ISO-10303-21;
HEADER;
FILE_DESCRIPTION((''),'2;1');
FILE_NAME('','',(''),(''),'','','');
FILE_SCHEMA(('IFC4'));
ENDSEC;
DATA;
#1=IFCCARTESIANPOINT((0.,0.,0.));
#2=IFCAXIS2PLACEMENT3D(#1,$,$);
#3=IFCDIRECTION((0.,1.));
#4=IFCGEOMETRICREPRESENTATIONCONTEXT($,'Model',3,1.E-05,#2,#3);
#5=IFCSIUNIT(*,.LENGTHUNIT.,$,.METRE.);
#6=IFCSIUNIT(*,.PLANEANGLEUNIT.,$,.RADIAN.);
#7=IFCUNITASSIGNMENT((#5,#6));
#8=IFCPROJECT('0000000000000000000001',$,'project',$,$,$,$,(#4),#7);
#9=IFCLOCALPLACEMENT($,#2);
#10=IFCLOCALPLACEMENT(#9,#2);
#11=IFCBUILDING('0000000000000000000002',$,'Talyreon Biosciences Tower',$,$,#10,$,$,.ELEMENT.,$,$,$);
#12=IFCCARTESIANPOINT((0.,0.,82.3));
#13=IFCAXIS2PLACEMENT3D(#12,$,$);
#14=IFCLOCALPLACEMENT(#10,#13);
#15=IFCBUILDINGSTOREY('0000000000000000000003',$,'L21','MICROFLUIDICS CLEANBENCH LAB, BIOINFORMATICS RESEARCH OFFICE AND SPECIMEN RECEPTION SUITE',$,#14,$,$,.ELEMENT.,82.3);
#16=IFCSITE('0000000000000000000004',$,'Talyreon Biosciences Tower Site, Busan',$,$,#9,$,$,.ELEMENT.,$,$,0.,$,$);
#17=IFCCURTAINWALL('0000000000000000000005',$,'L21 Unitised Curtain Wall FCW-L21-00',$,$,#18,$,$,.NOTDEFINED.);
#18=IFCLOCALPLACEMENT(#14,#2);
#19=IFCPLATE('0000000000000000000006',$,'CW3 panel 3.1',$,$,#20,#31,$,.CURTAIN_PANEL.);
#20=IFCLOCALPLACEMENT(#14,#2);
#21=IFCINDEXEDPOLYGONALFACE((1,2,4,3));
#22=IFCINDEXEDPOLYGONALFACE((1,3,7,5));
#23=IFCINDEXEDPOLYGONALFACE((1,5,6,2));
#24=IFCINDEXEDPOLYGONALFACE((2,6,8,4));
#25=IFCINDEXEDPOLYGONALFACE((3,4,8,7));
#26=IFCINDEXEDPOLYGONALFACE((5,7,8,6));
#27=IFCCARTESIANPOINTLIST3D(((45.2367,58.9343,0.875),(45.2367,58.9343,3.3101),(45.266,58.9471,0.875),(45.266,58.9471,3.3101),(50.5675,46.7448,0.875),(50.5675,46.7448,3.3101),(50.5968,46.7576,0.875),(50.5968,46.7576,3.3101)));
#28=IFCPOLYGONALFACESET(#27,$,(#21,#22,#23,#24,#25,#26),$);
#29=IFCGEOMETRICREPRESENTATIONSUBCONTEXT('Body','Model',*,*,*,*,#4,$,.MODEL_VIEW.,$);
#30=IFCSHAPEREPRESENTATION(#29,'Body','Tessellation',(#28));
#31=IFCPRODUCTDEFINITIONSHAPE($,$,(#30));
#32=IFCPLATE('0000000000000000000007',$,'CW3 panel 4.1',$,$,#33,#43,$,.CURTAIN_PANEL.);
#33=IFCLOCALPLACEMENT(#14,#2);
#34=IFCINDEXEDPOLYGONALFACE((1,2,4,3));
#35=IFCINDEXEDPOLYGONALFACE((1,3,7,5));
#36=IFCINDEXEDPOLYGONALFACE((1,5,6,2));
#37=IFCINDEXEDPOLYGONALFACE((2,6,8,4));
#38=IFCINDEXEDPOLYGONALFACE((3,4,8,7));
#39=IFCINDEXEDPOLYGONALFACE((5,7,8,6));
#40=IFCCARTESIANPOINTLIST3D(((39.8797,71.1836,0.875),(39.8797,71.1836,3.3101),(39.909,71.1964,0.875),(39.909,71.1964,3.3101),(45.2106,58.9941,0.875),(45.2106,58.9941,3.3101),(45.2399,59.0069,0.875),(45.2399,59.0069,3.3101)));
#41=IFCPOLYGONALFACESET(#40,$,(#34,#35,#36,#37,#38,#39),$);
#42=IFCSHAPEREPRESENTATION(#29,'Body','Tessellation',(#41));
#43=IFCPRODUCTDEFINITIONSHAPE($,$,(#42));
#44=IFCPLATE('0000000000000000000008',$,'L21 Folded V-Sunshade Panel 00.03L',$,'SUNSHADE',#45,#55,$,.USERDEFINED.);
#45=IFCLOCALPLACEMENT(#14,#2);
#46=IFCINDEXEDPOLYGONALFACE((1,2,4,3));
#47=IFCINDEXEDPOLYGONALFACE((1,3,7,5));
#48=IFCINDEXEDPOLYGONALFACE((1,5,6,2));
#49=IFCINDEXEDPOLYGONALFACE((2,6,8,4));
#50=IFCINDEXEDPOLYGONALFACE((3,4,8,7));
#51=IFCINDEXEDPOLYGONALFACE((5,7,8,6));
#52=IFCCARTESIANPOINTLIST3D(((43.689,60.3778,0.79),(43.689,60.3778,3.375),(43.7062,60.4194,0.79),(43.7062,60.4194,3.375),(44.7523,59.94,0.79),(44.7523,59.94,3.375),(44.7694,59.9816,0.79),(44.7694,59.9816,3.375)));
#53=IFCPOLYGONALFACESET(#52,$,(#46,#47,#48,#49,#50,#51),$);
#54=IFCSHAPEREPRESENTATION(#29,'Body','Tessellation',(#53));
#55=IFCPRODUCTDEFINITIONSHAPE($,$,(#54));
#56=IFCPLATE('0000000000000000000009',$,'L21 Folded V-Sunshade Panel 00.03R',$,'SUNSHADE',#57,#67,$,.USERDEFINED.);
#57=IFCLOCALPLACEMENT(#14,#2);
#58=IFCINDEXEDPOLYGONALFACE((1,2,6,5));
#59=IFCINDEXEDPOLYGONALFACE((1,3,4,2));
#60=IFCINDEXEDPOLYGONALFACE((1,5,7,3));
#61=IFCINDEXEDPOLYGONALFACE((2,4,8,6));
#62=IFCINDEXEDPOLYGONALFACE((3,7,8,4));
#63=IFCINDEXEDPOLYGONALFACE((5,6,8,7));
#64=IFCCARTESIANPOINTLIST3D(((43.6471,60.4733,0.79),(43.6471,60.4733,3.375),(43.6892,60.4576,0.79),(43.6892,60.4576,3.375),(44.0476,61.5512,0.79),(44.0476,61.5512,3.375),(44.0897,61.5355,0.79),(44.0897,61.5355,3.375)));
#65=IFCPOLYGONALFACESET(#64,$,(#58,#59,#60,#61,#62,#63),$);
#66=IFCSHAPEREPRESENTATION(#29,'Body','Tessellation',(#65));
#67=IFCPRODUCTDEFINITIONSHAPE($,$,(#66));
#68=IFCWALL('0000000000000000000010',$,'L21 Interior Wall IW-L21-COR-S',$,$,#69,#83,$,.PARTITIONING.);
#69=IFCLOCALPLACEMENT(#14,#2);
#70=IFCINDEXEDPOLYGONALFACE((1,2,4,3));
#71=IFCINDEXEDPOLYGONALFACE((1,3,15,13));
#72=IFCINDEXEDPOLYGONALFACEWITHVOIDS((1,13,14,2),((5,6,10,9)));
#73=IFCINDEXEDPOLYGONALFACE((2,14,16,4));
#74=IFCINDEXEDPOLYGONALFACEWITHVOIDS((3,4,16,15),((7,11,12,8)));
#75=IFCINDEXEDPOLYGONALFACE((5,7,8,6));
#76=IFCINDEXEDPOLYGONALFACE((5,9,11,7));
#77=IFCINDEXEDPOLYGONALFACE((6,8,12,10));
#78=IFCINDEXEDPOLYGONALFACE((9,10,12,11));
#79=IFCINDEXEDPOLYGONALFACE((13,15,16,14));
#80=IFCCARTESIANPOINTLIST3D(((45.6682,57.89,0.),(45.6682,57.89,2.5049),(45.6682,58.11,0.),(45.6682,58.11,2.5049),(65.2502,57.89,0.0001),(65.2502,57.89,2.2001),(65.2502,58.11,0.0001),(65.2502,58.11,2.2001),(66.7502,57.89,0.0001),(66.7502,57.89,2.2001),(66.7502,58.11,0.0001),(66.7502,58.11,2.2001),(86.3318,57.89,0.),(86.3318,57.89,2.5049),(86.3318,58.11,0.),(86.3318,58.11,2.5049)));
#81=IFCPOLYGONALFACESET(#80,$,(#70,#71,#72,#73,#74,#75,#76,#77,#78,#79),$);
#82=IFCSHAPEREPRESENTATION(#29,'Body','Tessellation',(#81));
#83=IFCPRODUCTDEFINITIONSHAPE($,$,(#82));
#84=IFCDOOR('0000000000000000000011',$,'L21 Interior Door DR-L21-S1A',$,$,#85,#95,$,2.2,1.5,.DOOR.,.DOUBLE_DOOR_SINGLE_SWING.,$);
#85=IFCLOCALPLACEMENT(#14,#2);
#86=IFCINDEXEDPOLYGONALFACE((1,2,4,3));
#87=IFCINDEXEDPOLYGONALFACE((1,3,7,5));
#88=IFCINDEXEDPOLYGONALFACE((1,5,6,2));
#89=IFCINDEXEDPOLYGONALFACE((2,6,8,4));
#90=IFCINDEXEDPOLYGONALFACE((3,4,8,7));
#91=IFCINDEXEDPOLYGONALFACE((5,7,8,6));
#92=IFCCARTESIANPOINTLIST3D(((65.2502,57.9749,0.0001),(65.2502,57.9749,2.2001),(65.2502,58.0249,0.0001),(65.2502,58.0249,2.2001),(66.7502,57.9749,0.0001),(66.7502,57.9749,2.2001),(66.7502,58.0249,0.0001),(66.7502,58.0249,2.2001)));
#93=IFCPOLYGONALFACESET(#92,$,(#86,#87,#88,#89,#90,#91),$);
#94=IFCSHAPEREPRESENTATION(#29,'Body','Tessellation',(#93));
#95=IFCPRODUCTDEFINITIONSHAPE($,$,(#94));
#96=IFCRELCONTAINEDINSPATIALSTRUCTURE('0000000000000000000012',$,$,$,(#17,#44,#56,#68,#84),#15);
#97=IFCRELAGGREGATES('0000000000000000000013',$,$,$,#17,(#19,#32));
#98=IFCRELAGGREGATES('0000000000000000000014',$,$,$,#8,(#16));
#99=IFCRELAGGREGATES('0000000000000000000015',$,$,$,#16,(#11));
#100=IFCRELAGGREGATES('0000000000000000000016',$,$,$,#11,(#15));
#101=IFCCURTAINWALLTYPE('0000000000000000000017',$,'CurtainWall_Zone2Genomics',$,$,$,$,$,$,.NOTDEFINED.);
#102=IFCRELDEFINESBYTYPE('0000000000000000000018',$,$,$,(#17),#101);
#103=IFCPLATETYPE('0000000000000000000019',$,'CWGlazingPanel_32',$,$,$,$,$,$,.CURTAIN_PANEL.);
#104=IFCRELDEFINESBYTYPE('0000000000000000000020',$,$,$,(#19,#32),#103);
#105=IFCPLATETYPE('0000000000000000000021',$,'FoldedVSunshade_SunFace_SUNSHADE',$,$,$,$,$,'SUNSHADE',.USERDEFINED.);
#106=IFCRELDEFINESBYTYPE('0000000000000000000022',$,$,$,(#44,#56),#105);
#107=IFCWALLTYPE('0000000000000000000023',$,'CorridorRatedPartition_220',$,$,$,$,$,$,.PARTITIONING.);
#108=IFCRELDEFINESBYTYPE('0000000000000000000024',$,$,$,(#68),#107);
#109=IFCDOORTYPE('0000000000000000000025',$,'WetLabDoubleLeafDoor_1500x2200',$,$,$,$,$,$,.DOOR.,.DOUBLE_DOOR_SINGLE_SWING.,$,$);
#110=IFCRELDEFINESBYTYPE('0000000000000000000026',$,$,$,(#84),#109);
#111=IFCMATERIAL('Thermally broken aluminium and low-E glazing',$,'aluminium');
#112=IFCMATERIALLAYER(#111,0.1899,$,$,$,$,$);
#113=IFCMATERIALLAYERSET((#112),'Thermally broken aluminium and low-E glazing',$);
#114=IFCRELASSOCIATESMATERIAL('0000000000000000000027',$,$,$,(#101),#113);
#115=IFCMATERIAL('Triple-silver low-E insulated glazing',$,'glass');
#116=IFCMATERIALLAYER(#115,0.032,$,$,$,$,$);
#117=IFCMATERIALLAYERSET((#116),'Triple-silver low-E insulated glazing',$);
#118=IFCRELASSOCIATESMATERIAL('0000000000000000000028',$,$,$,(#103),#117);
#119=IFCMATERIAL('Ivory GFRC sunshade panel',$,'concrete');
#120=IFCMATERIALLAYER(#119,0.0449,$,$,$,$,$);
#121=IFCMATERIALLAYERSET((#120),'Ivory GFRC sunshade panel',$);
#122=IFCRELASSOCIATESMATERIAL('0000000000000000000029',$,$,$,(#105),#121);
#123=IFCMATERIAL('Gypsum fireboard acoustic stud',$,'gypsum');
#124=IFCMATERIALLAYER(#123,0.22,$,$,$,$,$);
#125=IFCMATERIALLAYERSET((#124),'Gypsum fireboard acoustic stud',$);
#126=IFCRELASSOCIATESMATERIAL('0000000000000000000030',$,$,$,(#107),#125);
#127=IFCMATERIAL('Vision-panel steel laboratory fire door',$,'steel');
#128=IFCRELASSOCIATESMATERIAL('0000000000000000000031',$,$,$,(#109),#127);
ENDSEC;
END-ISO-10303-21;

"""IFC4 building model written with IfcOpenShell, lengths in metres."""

from ifc_helpers import new_model, si_unit, direction, frame, frame_2d, origin, origin_2d, place, context, subcontext, project, spatial, rectangle, extrude, material, layer, layer_set, type_object, element, fill, aggregate, save


model = new_model("IFC4")

# Units and contexts
model_context = context("Model", 3, precision=1e-05, world=origin(), true_north=direction((0.0, 1.0)))
body_context = subcontext(model_context, "Body", "Model", "MODEL_VIEW")
ifc_project = project(units=[si_unit("LENGTHUNIT", "METRE"), si_unit("PLANEANGLEUNIT", "RADIAN")], contexts=[model_context])

# Site, building, storey
site_placement = place(None, origin())
site = spatial("IfcSite", under=ifc_project, at=site_placement, Name="Talyreon Biosciences Tower Site, Busan", CompositionType="ELEMENT", RefElevation=0.0)
building_placement = place(site_placement, origin())
building = spatial("IfcBuilding", under=site, at=building_placement, Name="Talyreon Biosciences Tower", CompositionType="ELEMENT")
storey_placement = place(building_placement, frame((0.0, 0.0, 82.3)))
storey = spatial("IfcBuildingStorey", under=building, at=storey_placement, Name="L21", Description="MICROFLUIDICS CLEANBENCH LAB, BIOINFORMATICS RESEARCH OFFICE AND SPECIMEN RECEPTION SUITE", CompositionType="ELEMENT", Elevation=82.3)

# Curtain wall
ifc_material_1 = material(Name="Thermally broken aluminium and low-E glazing", Category="aluminium")
ifc_layer_1 = layer(ifc_material_1, 0.1899)
ifc_layer_set_1 = layer_set([ifc_layer_1], Name="Thermally broken aluminium and low-E glazing")
curtain_wall_type = type_object("IfcCurtainWallType", Name="CurtainWall_Zone2Genomics", PredefinedType="NOTDEFINED", material=ifc_layer_set_1)
curtain_wall_placement = place(storey_placement, origin())
curtain_wall = element("IfcCurtainWall", 1, at=curtain_wall_placement, inside=storey, type_object=curtain_wall_type, Name="L21 Unitised Curtain Wall FCW-L21-00", PredefinedType="NOTDEFINED")

# Plates
ifc_material_2 = material(Name="Triple-silver low-E insulated glazing", Category="glass")
ifc_layer_2 = layer(ifc_material_2, 0.032)
ifc_layer_set_2 = layer_set([ifc_layer_2], Name="Triple-silver low-E insulated glazing")
plate_type_1 = type_object("IfcPlateType", Name="CWGlazingPanel_32", PredefinedType="CURTAIN_PANEL", material=ifc_layer_set_2)
plate_1_placement = place(storey_placement, frame((47.9167, 52.8459, 0.875), z_axis=(0.0, 0.0, 1.0), x_axis=(-0.400689, 0.916214, 0.0)))
plate_1 = element("IfcPlate", 2, at=plate_1_placement, type_object=plate_type_1, Name="CW3 panel 3.1", PredefinedType="CURTAIN_PANEL", context=body_context, shape_type="SweptSolid", body=[
    extrude(rectangle(XDim=13.3042, YDim=0.032, at=origin_2d()), origin(), (0.0, 0.0, 1.0), 2.4351),
])
plate_2_placement = place(storey_placement, frame((42.5598, 65.0952, 0.875), z_axis=(0.0, 0.0, 1.0), x_axis=(-0.400689, 0.916214, 0.0)))
plate_2 = element("IfcPlate", 3, at=plate_2_placement, type_object=plate_type_1, Name="CW3 panel 4.1", PredefinedType="CURTAIN_PANEL", context=body_context, shape_type="SweptSolid", body=[
    extrude(rectangle(XDim=13.3042, YDim=0.032, at=origin_2d()), origin(), (0.0, 0.0, 1.0), 2.4351),
])
aggregate(curtain_wall, [plate_1, plate_2])

# Plates
ifc_material_3 = material(Name="Ivory GFRC sunshade panel", Category="concrete")
ifc_layer_3 = layer(ifc_material_3, 0.0449)
ifc_layer_set_3 = layer_set([ifc_layer_3], Name="Ivory GFRC sunshade panel")
plate_type_2 = type_object("IfcPlateType", Name="FoldedVSunshade_SunFace_SUNSHADE", ElementType="SUNSHADE", PredefinedType="USERDEFINED", material=ifc_layer_set_3)
for number, where, z_axis, x_axis, name in (
    (4, (44.2292, 60.1797, 0.79), (0.0, 0.0, 1.0), (-0.924686, 0.380731, 0.0), "L21 Folded V-Sunshade Panel 00.03L"),
    (5, (43.8684, 61.0044, 0.79), (0.0, 0.0, 1.0), (0.348228, 0.93741, 0.0), "L21 Folded V-Sunshade Panel 00.03R"),
):
    element("IfcPlate", number, at=place(storey_placement, frame(where, z_axis=z_axis, x_axis=x_axis)), inside=storey, type_object=plate_type_2, Name=name, ObjectType="SUNSHADE", PredefinedType="USERDEFINED", context=body_context, shape_type="SweptSolid", body=[
        extrude(rectangle(XDim=1.1499, YDim=0.0449, at=origin_2d()), origin(), (0.0, 0.0, 1.0), 2.585),
    ])

# Wall, opening, door
ifc_material_4 = material(Name="Gypsum fireboard acoustic stud", Category="gypsum")
ifc_layer_4 = layer(ifc_material_4, 0.22)
ifc_layer_set_4 = layer_set([ifc_layer_4], Name="Gypsum fireboard acoustic stud")
wall_type = type_object("IfcWallType", Name="CorridorRatedPartition_220", PredefinedType="PARTITIONING", material=ifc_layer_set_4)
wall_placement = place(storey_placement, frame((45.6682, 58.0, 0.0), z_axis=(0.0, 0.0, 1.0), x_axis=(1.0, 0.0, 0.0)))
wall = element("IfcWall", 6, at=wall_placement, inside=storey, type_object=wall_type, Name="L21 Interior Wall IW-L21-COR-S", PredefinedType="PARTITIONING", context=body_context, shape_type="SweptSolid", body=[
    extrude(rectangle(XDim=40.6636, YDim=0.22, at=frame_2d((20.3318, 0.0))), origin(), (0.0, 0.0, 1.0), 2.5049),
])
opening_placement = place(wall_placement, frame((19.582, 0.0, 0.0)))
opening = element("IfcOpeningElement", 7, at=opening_placement, cuts=wall, PredefinedType="OPENING", context=body_context, shape_type="SweptSolid", body=[
    extrude(rectangle(XDim=1.5, YDim=2.2, at=frame_2d((0.75, 1.1001))), frame((0.0, 0.1199, 0.0), z_axis=(0.0, -1.0, 0.0), x_axis=(1.0, 0.0, 0.0)), (0.0, 0.0, 1.0), 0.24),
])
ifc_material_5 = material(Name="Vision-panel steel laboratory fire door", Category="steel")
door_type = type_object("IfcDoorType", Name="WetLabDoubleLeafDoor_1500x2200", OperationType="DOUBLE_DOOR_SINGLE_SWING", PredefinedType="DOOR", material=ifc_material_5)
door_placement = place(opening_placement, origin())
door = element("IfcDoor", 8, at=door_placement, inside=storey, type_object=door_type, Name="L21 Interior Door DR-L21-S1A", OperationType="DOUBLE_DOOR_SINGLE_SWING", OverallHeight=2.2, OverallWidth=1.5, PredefinedType="DOOR", context=body_context, shape_type="SweptSolid", body=[
    extrude(rectangle(XDim=1.5, YDim=2.2, at=frame_2d((0.75, 1.1001))), frame((0.0, 0.0249, 0.0), z_axis=(0.0, -1.0, 0.0), x_axis=(1.0, 0.0, 0.0)), (0.0, 0.0, 1.0), 0.05),
])
fill(opening, door)

save(model, "model.ifc")
